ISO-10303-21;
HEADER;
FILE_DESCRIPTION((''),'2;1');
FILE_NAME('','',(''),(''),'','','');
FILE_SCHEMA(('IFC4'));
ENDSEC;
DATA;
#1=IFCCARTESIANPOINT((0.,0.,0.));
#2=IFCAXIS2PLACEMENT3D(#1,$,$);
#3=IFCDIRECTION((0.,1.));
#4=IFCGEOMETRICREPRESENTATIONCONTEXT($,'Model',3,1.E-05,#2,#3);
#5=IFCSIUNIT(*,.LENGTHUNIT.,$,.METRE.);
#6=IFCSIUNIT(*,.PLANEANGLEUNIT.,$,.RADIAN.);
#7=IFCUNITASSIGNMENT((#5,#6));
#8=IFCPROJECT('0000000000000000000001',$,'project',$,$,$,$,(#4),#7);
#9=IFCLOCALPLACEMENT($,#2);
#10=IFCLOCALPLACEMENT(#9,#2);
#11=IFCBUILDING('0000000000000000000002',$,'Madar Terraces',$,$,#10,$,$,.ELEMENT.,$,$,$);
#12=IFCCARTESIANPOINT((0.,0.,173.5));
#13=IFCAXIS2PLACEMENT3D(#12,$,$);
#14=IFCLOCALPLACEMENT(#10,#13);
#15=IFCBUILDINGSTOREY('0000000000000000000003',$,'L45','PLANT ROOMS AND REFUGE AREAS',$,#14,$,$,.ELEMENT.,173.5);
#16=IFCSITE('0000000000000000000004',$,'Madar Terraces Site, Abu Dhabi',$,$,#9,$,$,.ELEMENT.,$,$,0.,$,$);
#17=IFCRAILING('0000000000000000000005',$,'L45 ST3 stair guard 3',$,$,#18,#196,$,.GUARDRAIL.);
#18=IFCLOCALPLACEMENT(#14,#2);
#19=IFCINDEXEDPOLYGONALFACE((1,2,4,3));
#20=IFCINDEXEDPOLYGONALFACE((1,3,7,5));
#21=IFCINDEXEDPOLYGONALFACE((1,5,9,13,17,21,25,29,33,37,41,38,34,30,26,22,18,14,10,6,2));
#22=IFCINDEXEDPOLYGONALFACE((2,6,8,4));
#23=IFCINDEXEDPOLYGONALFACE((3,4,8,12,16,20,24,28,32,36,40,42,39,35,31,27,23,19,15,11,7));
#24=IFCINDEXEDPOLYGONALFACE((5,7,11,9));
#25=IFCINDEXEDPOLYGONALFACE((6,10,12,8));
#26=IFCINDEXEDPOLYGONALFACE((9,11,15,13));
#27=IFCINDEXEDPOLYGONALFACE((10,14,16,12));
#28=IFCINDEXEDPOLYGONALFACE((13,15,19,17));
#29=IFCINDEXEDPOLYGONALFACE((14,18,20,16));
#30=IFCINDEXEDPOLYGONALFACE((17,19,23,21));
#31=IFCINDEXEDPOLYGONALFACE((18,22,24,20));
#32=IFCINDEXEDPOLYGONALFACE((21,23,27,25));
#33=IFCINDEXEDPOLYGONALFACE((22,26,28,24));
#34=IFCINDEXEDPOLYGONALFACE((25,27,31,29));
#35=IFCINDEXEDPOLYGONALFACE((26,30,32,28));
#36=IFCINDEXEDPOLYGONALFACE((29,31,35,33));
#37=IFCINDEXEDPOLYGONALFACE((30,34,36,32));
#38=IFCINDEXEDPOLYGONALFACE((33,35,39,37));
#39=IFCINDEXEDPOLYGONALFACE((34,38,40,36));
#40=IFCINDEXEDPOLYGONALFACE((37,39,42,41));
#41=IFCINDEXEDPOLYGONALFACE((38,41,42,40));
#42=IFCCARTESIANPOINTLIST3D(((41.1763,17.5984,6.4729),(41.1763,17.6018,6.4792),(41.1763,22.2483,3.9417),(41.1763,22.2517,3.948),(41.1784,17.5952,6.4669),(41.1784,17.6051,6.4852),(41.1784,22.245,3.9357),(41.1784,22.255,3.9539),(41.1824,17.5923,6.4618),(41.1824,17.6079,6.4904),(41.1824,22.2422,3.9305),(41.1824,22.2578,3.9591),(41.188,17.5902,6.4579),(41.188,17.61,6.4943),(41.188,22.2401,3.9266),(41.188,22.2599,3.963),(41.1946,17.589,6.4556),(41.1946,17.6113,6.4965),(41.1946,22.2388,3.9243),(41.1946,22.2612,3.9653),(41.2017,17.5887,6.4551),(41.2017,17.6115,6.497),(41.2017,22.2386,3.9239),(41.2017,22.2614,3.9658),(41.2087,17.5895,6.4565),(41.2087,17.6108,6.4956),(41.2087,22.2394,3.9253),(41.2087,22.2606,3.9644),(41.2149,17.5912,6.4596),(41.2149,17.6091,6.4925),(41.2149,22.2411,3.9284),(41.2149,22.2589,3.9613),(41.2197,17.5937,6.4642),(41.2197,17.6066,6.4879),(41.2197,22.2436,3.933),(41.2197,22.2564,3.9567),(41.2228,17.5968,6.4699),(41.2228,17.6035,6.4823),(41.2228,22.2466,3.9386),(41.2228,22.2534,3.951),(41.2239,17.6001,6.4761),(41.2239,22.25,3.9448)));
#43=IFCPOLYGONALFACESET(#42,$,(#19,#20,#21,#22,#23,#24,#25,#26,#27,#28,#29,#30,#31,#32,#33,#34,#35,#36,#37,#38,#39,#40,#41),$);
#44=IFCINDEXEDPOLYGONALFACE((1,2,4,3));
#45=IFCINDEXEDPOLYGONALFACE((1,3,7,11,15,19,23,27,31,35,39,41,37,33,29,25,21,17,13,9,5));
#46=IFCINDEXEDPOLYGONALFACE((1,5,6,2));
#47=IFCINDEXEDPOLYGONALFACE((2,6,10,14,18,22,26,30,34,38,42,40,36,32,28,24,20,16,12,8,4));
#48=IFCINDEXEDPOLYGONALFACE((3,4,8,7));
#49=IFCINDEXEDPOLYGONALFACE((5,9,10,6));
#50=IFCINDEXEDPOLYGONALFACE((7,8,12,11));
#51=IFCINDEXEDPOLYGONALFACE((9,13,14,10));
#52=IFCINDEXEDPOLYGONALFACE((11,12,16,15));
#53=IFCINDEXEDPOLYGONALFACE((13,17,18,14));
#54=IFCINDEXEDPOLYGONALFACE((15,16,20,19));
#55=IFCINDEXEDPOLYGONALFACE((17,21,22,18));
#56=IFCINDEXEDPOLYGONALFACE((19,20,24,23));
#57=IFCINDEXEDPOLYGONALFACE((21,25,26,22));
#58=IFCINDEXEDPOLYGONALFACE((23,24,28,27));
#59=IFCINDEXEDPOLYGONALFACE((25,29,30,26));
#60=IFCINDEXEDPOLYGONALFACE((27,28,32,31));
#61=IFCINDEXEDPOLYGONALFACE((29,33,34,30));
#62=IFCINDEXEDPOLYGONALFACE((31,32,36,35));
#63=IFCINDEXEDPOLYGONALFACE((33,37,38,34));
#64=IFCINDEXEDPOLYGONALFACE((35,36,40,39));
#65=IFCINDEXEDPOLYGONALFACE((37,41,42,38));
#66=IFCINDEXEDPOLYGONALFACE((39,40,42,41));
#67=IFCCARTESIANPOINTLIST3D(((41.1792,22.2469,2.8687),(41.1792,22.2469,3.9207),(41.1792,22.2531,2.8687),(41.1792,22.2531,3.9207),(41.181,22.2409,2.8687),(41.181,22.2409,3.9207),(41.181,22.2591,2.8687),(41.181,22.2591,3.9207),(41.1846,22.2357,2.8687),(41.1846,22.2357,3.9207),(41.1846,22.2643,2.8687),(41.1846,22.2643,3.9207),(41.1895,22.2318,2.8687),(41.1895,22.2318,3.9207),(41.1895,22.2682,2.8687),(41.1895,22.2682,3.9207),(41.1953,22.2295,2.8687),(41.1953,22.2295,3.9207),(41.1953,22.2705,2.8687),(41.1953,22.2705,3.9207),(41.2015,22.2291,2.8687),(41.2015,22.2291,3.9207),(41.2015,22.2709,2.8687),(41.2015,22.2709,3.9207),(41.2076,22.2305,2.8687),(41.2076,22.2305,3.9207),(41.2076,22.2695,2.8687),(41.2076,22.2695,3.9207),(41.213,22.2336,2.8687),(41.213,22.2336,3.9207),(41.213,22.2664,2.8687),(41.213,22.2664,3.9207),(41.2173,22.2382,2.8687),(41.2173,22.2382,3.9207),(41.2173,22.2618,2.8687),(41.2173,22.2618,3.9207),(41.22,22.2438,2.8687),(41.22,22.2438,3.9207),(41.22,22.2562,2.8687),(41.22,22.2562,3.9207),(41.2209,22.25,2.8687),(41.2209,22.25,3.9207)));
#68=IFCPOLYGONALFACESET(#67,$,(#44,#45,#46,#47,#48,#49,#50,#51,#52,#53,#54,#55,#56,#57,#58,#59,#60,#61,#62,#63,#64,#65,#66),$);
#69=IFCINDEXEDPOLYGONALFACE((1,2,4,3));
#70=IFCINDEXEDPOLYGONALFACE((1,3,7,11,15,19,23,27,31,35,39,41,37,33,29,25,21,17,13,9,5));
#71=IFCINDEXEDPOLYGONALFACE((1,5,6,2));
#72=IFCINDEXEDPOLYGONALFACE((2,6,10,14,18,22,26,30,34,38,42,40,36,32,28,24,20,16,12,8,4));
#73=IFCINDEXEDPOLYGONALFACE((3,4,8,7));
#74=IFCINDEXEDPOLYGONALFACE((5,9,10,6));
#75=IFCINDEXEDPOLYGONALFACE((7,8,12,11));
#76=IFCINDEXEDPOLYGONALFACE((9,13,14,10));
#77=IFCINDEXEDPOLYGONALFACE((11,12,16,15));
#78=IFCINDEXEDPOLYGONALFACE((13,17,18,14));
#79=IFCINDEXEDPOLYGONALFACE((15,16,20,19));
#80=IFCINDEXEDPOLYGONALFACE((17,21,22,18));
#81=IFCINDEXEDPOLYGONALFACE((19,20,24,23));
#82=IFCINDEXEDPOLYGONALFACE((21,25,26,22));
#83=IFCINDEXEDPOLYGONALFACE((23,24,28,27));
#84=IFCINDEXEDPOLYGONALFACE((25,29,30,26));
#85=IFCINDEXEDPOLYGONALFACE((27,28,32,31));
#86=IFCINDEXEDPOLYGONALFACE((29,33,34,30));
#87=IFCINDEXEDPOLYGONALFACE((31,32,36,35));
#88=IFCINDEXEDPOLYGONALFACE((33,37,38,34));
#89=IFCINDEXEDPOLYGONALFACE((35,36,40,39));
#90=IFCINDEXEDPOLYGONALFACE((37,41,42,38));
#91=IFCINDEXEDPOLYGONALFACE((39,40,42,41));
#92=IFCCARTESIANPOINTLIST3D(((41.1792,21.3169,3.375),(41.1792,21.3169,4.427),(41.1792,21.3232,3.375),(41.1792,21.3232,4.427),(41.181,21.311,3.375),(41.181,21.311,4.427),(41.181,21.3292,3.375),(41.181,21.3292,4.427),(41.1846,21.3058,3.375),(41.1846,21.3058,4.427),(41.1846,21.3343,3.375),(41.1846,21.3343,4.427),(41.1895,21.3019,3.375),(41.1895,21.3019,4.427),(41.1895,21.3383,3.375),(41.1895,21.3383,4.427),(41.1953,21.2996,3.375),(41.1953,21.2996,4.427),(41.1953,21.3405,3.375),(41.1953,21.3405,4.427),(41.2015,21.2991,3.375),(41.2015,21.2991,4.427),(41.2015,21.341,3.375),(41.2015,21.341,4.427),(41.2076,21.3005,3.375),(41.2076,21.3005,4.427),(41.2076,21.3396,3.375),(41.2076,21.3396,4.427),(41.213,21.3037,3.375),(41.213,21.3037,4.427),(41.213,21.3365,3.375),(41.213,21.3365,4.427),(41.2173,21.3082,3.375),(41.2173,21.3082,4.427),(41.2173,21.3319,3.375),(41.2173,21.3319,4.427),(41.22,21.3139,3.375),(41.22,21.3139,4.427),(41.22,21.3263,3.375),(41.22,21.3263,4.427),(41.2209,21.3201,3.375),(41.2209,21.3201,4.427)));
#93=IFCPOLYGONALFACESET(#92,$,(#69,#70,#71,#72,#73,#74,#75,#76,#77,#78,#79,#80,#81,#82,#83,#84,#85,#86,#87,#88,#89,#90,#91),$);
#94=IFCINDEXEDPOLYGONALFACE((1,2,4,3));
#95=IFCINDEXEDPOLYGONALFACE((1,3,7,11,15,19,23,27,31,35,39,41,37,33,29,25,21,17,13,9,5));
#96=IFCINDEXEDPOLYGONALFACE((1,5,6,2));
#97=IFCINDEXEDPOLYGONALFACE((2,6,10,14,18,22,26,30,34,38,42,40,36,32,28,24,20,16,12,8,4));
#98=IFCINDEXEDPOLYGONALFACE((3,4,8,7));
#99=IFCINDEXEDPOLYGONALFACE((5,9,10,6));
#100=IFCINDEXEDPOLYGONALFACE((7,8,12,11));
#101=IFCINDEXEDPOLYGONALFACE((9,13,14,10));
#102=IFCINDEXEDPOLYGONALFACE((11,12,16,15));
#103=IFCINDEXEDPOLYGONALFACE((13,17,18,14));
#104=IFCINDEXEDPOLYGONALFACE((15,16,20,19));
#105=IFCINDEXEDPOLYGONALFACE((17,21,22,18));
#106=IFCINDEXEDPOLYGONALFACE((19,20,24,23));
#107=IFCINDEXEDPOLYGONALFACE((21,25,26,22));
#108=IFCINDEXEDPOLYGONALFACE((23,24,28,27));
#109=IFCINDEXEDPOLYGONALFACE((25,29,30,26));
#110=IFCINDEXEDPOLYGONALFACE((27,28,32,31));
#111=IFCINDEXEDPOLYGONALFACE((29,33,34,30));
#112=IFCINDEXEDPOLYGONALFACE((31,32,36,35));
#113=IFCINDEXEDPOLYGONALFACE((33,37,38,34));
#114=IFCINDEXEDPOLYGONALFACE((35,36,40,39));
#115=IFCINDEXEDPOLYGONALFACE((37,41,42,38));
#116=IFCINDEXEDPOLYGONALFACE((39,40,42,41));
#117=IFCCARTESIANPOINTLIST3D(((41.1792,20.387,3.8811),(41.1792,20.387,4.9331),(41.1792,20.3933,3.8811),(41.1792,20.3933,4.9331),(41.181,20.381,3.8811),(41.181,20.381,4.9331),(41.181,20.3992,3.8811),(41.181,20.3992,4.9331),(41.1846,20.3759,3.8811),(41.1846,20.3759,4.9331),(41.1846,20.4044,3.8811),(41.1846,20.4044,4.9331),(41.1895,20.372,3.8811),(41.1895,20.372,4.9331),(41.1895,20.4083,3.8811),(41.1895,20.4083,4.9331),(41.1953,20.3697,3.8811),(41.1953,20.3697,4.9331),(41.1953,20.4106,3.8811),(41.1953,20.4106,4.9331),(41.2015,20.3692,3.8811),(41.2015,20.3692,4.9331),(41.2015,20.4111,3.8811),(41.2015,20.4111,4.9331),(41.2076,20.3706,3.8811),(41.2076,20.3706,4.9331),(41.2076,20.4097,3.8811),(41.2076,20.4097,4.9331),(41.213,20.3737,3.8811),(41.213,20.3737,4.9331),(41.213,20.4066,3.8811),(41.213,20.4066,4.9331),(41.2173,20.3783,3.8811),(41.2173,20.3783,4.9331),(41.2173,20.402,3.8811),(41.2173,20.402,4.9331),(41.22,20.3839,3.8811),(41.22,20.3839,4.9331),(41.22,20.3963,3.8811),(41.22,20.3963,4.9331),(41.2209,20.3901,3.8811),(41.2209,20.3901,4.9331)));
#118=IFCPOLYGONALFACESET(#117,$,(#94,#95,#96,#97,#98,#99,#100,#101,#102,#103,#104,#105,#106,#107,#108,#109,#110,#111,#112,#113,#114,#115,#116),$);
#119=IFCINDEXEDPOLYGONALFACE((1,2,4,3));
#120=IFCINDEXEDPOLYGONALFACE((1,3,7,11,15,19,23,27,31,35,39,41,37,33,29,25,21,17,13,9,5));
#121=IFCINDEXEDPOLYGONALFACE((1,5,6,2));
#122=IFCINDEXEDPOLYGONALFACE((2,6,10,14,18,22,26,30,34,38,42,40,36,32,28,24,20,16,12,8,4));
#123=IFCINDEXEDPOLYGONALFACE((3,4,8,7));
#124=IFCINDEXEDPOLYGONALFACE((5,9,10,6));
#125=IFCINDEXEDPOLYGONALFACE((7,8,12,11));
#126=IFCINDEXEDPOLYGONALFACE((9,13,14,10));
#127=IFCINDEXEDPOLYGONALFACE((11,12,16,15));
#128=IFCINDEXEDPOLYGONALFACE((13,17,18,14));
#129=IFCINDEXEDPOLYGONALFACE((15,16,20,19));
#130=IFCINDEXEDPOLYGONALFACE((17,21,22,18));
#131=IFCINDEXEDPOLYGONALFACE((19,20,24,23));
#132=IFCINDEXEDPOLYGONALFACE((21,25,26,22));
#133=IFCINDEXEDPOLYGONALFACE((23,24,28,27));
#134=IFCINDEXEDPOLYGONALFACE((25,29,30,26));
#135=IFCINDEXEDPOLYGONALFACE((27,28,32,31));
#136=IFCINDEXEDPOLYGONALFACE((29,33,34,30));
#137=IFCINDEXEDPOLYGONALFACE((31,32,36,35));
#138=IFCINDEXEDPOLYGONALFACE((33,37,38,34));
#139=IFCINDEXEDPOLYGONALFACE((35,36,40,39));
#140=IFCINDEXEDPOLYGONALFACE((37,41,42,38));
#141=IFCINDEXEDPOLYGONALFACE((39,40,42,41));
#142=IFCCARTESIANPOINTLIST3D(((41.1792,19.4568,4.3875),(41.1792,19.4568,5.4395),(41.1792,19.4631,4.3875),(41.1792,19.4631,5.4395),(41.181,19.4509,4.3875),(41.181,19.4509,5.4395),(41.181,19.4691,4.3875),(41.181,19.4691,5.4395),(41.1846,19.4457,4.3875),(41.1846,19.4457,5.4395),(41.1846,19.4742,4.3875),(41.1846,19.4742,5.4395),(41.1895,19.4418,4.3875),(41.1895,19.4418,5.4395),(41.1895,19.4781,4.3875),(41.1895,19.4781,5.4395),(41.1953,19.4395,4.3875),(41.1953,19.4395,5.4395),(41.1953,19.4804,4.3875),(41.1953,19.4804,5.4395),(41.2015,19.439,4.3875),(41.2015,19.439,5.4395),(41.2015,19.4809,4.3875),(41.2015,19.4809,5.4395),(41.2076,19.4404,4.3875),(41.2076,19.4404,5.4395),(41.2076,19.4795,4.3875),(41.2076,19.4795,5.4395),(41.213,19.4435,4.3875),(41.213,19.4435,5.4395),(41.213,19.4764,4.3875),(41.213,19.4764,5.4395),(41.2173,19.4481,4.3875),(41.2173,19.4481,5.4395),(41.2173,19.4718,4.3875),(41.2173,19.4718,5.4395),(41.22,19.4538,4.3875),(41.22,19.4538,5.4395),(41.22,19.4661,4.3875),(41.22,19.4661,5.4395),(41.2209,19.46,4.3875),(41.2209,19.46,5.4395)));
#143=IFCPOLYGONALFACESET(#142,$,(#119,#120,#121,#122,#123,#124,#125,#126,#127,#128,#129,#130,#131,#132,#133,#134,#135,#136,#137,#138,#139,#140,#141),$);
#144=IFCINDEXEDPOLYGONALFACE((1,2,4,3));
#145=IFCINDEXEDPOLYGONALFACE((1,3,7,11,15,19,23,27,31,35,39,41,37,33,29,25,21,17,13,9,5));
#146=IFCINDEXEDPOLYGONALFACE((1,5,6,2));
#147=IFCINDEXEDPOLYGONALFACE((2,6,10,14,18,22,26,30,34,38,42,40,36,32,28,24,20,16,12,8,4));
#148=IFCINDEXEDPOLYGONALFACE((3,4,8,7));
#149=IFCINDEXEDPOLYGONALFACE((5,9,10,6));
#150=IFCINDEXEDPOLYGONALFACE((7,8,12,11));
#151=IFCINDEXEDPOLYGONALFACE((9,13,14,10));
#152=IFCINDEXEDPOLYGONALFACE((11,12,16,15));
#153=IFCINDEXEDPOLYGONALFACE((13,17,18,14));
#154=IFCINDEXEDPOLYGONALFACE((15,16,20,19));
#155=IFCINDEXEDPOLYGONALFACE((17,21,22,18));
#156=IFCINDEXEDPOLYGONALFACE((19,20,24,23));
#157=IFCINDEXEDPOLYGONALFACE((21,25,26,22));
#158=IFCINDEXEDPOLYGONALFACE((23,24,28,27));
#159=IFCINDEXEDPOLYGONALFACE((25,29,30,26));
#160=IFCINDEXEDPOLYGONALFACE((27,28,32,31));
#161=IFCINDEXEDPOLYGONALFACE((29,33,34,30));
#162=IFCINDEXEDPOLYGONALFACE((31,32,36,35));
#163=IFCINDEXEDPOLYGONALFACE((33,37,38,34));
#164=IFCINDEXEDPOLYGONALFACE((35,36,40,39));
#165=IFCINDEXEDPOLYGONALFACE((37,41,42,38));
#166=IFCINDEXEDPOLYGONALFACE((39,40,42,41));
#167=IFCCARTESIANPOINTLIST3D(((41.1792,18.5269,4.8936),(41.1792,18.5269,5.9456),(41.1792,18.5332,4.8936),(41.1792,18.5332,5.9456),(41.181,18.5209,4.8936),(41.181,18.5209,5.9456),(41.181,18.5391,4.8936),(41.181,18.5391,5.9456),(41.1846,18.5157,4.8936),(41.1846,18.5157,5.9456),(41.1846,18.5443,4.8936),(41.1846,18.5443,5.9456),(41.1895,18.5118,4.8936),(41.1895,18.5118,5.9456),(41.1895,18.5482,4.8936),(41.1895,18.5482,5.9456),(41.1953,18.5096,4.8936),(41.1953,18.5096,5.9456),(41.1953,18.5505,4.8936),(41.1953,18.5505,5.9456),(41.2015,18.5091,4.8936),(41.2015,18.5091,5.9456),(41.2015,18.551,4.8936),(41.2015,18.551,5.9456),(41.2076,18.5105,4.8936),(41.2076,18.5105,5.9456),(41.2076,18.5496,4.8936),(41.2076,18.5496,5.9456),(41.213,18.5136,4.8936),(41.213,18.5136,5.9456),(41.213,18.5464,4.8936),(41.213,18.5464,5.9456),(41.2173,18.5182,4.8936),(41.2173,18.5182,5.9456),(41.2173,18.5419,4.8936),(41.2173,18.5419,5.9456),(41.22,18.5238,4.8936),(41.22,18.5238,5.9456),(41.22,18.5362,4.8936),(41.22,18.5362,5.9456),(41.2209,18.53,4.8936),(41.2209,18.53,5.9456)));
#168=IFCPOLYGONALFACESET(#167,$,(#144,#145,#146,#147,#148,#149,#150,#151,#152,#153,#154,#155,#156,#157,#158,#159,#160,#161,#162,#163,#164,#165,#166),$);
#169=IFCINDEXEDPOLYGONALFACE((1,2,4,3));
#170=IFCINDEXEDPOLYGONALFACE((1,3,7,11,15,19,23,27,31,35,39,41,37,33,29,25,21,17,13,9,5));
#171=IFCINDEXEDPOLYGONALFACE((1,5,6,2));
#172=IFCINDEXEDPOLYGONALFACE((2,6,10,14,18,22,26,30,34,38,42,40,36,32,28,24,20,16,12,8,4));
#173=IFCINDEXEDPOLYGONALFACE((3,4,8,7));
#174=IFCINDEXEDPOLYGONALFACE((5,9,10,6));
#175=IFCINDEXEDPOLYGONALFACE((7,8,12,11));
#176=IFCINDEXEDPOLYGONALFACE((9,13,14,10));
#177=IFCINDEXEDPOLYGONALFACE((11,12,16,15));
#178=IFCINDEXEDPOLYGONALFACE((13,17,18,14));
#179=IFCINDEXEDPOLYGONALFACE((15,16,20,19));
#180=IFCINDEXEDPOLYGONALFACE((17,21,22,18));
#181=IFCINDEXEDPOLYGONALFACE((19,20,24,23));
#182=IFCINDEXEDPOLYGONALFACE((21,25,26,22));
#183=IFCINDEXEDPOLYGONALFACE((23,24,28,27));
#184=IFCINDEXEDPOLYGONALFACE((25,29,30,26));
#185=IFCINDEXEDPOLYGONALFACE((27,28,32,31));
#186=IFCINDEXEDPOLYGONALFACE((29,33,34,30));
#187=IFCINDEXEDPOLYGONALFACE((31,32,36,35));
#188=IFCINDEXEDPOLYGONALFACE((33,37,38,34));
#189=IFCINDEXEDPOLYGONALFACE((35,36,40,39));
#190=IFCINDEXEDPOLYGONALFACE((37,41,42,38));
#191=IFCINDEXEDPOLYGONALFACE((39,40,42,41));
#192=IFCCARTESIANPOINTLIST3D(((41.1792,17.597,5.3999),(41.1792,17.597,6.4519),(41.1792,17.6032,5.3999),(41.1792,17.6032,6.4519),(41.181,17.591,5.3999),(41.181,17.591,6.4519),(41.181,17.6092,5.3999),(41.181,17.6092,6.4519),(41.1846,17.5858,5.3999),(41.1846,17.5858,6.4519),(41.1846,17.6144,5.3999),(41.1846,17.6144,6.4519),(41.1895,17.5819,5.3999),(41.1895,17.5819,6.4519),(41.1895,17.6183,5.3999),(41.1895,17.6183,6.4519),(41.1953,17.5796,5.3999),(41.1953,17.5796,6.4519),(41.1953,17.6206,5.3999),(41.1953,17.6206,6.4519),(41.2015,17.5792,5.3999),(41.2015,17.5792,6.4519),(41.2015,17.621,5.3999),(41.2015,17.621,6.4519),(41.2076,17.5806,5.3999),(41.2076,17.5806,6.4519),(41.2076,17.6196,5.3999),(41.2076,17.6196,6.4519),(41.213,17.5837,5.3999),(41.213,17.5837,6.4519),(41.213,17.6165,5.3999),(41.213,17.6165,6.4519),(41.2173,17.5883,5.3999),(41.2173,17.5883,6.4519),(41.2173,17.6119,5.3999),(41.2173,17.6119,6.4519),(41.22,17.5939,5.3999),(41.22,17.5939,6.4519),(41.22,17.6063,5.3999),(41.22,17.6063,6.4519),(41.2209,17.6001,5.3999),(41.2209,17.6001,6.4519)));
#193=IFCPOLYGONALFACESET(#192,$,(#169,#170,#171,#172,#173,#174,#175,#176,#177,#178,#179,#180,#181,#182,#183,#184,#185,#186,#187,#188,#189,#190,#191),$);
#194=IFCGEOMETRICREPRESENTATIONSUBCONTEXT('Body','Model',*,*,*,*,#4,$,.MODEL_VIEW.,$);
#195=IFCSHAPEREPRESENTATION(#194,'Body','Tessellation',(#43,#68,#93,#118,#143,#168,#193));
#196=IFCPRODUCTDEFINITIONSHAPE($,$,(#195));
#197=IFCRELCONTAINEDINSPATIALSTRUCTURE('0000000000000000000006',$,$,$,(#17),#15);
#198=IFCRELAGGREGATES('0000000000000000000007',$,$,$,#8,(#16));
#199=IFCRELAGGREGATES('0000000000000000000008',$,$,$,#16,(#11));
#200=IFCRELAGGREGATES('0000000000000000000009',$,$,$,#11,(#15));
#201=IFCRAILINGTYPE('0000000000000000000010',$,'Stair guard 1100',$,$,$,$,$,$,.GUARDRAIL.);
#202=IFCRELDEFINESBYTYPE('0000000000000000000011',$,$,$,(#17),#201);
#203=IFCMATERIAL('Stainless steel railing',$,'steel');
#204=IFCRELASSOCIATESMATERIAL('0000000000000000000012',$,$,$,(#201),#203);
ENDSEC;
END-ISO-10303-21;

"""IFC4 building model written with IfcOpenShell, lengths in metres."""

from ifc_helpers import new_model, si_unit, direction, frame, origin, origin_2d, place, context, subcontext, project, spatial, circle, extrude, material, type_object, element, save


model = new_model("IFC4")

# Units and contexts
model_context = context("Model", 3, precision=1e-05, world=origin(), true_north=direction((0.0, 1.0)))
body_context = subcontext(model_context, "Body", "Model", "MODEL_VIEW")
ifc_project = project(units=[si_unit("LENGTHUNIT", "METRE"), si_unit("PLANEANGLEUNIT", "RADIAN")], contexts=[model_context])

# Site, building, storey
site_placement = place(None, origin())
site = spatial("IfcSite", under=ifc_project, at=site_placement, Name="Madar Terraces Site, Abu Dhabi", CompositionType="ELEMENT", RefElevation=0.0)
building_placement = place(site_placement, origin())
building = spatial("IfcBuilding", under=site, at=building_placement, Name="Madar Terraces", CompositionType="ELEMENT")
storey_placement = place(building_placement, frame((0.0, 0.0, 173.5)))
storey = spatial("IfcBuildingStorey", under=building, at=storey_placement, Name="L45", Description="PLANT ROOMS AND REFUGE AREAS", CompositionType="ELEMENT", Elevation=173.5)

# Railing
ifc_material_1 = material(Name="Stainless steel railing", Category="steel")
railing_type_1 = type_object("IfcRailingType", Name="Stair guard 1100", PredefinedType="GUARDRAIL", material=ifc_material_1)
railing_1_placement = place(storey_placement, frame((41.2, 22.25, 2.8687)))
element("IfcRailing", 1, at=railing_1_placement, inside=storey, type_object=railing_type_1, Name="L45 ST3 stair guard 3", PredefinedType="GUARDRAIL", context=body_context, shape_type="SweptSolid", body=[
    extrude(circle(Radius=0.0239, at=origin_2d()), frame((0.0, 0.0, 1.0762), z_axis=(0.0, -0.878297, 0.478115), x_axis=(1.0, 0.0, 0.0)), (0.0, 0.0, 1.0), 5.2942),
    extrude(circle(Radius=0.021, at=origin_2d()), origin(), (0.0, 0.0, 1.0), 1.052),
    extrude(circle(Radius=0.021, at=origin_2d()), frame((0.0, -0.9299, 0.5063)), (0.0, 0.0, 1.0), 1.052),
    extrude(circle(Radius=0.021, at=origin_2d()), frame((0.0, -1.8599, 1.0125)), (0.0, 0.0, 1.0), 1.052),
    extrude(circle(Radius=0.021, at=origin_2d()), frame((0.0, -2.79, 1.5188)), (0.0, 0.0, 1.0), 1.052),
    extrude(circle(Radius=0.021, at=origin_2d()), frame((0.0, -3.72, 2.0249)), (0.0, 0.0, 1.0), 1.052),
    extrude(circle(Radius=0.021, at=origin_2d()), frame((0.0, -4.6499, 2.5312)), (0.0, 0.0, 1.0), 1.052),
])

save(model, "model.ifc")
